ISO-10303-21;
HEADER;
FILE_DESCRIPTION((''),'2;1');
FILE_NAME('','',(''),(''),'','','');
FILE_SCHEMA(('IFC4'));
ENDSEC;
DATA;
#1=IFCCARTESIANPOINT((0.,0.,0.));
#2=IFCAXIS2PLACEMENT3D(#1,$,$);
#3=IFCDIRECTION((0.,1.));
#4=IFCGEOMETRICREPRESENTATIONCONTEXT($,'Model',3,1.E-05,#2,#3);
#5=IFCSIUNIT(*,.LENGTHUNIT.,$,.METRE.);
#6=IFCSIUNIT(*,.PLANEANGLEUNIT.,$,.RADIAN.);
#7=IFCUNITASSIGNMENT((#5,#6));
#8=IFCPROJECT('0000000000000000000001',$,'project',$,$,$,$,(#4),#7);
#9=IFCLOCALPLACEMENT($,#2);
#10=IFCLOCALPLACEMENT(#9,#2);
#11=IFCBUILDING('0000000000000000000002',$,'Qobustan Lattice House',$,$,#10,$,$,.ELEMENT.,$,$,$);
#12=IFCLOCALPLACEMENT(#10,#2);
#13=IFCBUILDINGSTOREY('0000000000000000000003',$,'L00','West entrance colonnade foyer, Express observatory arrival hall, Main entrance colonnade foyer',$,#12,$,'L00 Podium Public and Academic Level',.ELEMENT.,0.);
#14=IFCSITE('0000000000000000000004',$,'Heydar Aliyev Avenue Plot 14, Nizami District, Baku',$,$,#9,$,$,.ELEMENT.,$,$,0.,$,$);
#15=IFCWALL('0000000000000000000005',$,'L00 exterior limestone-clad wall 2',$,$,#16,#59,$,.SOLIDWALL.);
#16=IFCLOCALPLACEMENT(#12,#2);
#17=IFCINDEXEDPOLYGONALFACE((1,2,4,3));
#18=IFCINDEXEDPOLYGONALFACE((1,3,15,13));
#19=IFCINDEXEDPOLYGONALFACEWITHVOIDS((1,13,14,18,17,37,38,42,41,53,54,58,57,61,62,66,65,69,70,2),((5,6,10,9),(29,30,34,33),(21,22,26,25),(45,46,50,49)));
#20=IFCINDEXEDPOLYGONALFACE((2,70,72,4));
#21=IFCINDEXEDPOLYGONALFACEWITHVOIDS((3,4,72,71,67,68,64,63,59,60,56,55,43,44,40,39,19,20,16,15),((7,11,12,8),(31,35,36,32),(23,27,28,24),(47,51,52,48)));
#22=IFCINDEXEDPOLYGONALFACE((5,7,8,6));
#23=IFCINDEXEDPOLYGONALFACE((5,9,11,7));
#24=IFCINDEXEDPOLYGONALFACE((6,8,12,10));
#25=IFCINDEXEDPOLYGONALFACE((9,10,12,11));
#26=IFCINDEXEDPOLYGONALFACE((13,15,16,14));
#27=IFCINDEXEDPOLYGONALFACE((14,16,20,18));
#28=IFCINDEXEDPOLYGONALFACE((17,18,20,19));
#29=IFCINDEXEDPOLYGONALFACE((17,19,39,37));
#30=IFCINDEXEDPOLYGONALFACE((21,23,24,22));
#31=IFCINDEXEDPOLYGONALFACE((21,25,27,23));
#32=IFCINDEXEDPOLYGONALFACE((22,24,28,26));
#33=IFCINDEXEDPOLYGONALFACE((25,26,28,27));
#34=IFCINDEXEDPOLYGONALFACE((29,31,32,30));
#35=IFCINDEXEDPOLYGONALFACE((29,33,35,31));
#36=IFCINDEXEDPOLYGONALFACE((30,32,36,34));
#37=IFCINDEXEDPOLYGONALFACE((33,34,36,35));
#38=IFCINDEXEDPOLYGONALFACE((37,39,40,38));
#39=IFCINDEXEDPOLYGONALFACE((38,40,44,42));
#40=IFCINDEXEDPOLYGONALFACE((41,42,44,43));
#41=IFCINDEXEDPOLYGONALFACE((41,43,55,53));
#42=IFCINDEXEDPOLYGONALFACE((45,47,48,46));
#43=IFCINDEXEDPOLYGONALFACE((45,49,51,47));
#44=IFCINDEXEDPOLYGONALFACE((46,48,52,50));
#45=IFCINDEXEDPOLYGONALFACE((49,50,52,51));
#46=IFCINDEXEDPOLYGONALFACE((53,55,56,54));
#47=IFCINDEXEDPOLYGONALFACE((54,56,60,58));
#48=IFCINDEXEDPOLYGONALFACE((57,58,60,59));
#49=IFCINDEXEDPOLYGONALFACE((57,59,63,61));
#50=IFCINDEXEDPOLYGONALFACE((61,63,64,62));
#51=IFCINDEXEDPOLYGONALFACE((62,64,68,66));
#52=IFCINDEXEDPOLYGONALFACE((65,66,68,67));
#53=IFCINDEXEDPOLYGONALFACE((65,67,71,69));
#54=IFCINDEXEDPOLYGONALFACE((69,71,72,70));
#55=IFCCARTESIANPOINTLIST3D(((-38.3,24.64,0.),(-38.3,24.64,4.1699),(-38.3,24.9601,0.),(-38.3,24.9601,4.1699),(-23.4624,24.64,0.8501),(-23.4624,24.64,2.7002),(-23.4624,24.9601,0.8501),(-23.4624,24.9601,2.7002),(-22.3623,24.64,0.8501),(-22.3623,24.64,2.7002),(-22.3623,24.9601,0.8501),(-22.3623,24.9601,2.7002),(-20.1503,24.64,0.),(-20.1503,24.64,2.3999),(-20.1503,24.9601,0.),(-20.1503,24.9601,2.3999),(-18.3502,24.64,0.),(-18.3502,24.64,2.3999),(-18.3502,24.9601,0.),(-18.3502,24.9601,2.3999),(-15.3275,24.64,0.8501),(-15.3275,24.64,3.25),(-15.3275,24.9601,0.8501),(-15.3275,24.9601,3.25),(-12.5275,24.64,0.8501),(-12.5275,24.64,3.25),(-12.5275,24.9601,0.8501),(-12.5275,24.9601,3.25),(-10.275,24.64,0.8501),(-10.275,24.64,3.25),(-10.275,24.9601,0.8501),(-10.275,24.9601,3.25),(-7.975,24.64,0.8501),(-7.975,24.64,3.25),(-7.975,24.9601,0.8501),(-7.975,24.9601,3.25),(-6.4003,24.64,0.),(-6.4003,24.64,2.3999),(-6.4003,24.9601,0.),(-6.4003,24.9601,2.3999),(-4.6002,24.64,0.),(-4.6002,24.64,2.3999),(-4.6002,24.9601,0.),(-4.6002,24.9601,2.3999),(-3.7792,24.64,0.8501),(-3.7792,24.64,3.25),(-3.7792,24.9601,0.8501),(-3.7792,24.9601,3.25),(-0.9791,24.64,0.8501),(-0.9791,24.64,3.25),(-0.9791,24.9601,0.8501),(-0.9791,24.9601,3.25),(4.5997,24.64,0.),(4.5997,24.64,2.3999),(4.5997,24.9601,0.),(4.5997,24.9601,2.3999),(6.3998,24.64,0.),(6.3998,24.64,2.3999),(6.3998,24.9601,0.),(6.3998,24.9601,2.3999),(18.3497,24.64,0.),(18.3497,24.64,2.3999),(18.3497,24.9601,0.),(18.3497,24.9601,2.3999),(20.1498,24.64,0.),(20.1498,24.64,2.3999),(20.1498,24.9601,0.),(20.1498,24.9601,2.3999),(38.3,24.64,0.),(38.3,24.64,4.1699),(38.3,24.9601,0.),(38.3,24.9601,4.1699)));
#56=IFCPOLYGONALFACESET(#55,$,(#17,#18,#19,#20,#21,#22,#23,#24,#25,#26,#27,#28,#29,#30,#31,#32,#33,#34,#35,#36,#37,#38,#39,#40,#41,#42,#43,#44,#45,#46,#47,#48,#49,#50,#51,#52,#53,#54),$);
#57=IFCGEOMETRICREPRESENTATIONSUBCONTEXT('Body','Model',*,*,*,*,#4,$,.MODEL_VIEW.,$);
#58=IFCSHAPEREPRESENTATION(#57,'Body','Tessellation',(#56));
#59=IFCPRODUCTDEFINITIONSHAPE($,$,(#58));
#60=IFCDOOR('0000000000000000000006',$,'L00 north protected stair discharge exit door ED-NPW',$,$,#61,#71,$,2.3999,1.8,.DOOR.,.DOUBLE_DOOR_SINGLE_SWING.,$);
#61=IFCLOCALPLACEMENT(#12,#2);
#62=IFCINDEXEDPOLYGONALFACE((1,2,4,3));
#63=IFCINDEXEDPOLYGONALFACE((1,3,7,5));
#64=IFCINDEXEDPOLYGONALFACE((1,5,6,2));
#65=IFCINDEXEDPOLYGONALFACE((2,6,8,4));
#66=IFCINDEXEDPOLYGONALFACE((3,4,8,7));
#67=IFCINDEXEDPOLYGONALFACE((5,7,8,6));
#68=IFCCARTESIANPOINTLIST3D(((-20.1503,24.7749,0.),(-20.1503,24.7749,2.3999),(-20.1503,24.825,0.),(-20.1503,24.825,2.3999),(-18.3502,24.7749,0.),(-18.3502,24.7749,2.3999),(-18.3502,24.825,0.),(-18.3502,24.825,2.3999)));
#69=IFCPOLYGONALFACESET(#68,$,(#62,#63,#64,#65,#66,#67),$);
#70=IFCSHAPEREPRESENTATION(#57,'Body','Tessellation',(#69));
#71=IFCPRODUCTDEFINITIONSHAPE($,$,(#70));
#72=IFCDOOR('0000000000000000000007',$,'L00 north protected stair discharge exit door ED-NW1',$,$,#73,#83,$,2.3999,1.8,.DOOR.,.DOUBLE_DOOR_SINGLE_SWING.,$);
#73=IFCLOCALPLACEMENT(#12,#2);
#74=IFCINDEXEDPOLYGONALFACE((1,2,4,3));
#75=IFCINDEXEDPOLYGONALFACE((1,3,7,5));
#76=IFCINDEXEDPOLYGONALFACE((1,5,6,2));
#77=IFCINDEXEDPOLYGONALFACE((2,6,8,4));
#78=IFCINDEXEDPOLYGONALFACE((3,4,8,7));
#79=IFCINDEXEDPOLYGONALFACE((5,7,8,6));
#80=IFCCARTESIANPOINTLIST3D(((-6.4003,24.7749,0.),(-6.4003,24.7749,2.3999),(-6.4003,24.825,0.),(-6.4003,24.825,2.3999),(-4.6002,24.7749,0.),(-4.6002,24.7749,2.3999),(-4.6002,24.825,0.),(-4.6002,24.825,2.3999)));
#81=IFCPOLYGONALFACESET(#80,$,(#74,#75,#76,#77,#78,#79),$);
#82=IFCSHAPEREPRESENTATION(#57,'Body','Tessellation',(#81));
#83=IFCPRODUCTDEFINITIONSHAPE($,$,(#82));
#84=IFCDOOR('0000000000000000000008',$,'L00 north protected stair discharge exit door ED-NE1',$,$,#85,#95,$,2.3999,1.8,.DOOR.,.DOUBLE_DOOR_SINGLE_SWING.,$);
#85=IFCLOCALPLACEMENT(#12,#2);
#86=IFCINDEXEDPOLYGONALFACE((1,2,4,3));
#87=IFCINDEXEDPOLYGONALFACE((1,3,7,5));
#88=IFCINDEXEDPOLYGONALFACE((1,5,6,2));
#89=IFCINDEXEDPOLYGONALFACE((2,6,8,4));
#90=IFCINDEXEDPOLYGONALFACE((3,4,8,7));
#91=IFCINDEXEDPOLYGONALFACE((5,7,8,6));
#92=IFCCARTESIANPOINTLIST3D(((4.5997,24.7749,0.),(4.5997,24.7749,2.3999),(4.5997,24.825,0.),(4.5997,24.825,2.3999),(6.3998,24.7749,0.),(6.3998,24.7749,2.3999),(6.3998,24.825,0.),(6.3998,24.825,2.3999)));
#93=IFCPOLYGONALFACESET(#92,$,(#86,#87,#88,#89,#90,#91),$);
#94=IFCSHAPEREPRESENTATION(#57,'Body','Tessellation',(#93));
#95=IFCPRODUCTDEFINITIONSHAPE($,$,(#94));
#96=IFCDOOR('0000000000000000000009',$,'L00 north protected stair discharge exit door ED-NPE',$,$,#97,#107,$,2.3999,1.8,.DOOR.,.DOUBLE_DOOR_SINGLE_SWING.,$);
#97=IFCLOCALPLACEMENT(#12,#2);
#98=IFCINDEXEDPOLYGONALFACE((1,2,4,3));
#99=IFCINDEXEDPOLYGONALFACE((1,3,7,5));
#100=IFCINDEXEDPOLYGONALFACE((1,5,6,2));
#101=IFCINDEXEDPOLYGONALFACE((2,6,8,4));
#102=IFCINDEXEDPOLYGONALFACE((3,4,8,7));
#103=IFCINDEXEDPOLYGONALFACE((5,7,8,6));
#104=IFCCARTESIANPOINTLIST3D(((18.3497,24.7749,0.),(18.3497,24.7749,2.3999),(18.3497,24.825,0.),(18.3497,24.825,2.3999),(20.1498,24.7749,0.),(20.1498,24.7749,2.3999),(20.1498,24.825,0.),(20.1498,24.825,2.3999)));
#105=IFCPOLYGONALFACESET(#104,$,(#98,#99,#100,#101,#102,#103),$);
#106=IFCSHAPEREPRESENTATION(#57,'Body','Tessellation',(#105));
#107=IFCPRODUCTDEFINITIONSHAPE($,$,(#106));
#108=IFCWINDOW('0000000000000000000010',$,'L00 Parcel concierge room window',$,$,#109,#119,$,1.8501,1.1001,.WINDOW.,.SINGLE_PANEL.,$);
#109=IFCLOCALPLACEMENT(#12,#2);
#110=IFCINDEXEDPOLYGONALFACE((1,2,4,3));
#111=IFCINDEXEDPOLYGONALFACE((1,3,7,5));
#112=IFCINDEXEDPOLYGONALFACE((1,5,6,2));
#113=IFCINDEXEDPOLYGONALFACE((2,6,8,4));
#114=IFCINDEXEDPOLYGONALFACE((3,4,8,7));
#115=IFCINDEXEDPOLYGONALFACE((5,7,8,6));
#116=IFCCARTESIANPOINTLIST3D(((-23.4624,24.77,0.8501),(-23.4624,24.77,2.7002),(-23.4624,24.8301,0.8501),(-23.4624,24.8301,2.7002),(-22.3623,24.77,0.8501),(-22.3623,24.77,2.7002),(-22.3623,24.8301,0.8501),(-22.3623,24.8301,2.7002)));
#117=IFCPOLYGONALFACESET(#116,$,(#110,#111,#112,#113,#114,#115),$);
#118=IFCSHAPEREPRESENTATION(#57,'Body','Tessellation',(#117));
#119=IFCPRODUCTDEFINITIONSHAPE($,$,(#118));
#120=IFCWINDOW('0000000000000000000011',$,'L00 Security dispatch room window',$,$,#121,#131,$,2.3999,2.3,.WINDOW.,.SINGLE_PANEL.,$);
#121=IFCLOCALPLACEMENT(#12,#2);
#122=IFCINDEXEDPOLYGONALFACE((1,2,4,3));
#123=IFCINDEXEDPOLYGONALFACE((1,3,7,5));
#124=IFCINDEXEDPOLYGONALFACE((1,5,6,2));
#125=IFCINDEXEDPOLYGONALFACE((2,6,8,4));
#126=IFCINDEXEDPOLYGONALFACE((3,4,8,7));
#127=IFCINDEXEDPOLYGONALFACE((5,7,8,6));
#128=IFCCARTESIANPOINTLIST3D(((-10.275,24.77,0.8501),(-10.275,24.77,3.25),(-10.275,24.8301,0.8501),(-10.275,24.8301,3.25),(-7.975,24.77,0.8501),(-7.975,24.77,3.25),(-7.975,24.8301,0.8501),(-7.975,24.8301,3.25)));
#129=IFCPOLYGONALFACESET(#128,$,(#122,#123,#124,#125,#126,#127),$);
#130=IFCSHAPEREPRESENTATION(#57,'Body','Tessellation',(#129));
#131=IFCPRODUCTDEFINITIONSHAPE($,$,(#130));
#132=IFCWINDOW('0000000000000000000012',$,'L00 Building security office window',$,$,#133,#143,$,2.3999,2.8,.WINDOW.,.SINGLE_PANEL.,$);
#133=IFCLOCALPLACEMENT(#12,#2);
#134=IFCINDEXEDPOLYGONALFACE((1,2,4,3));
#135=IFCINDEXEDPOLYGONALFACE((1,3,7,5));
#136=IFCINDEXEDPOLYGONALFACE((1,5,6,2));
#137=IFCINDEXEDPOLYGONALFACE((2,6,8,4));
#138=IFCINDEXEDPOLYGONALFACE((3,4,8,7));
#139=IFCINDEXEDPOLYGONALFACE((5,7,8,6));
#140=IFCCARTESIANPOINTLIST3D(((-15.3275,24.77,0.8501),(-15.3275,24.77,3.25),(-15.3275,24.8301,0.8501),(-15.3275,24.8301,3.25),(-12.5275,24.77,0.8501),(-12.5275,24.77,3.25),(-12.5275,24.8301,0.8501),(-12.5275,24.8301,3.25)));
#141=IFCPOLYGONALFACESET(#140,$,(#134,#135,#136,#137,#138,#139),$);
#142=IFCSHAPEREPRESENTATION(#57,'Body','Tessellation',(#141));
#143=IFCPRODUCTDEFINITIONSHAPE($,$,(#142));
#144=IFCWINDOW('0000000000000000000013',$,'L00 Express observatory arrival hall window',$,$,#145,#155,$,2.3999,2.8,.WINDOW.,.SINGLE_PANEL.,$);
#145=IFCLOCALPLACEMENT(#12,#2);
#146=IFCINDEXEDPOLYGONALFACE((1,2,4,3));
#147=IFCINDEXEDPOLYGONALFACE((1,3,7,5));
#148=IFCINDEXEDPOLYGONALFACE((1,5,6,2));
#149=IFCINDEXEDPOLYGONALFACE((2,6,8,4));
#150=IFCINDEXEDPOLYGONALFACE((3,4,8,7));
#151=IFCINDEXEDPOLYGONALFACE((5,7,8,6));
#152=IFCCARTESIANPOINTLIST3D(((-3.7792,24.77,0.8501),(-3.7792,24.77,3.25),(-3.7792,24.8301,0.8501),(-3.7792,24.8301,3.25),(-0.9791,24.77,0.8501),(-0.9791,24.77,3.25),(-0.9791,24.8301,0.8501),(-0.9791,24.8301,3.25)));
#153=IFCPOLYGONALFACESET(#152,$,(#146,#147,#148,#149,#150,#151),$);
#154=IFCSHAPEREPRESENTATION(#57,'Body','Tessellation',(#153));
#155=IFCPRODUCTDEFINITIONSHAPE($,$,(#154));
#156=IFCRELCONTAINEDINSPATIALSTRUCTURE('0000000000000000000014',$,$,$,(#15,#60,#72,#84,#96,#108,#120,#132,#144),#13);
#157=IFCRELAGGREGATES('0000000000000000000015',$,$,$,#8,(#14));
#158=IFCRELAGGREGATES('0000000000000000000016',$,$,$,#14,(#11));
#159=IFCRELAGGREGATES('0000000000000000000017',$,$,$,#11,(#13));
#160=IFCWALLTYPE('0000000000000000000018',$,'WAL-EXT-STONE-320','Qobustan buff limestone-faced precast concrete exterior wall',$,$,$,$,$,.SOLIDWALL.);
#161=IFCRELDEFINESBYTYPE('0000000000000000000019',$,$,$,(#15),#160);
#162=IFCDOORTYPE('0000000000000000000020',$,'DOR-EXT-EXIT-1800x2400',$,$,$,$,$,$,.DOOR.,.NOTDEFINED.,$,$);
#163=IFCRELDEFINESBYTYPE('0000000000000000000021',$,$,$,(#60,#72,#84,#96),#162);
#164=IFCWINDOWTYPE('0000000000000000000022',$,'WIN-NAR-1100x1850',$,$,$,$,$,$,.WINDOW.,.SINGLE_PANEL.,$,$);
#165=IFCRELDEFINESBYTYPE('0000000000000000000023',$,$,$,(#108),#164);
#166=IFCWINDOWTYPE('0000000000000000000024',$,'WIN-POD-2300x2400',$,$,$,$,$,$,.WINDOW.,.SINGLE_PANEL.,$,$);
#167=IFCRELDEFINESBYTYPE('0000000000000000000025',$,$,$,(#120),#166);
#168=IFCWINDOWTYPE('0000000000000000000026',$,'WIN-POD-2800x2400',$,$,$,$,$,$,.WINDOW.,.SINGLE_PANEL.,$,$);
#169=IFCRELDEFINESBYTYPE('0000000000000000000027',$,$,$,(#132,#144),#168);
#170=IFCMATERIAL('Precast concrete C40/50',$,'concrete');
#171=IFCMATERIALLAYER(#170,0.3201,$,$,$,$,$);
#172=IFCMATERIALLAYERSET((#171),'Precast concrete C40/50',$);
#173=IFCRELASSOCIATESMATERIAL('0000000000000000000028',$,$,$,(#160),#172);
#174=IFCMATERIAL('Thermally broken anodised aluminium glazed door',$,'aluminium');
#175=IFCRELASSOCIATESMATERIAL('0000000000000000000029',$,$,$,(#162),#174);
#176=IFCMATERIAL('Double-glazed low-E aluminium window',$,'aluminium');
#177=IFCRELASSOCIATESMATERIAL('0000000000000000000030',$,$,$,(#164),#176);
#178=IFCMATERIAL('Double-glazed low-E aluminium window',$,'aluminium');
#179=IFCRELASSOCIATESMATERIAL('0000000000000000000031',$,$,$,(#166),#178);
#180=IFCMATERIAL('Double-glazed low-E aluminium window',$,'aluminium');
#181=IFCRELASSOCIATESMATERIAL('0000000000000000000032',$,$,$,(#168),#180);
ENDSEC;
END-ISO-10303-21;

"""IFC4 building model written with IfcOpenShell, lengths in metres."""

from ifc_helpers import new_model, si_unit, direction, frame, frame_2d, origin, place, context, subcontext, project, spatial, rectangle, extrude, material, layer, layer_set, type_object, element, fill, save


model = new_model("IFC4")

# Units and contexts
model_context = context("Model", 3, precision=1e-05, world=origin(), true_north=direction((0.0, 1.0)))
body_context = subcontext(model_context, "Body", "Model", "MODEL_VIEW")
ifc_project = project(units=[si_unit("LENGTHUNIT", "METRE"), si_unit("PLANEANGLEUNIT", "RADIAN")], contexts=[model_context])

# Site, building, storey
site_placement = place(None, origin())
site = spatial("IfcSite", under=ifc_project, at=site_placement, Name="Heydar Aliyev Avenue Plot 14, Nizami District, Baku", CompositionType="ELEMENT", RefElevation=0.0)
building_placement = place(site_placement, origin())
building = spatial("IfcBuilding", under=site, at=building_placement, Name="Qobustan Lattice House", CompositionType="ELEMENT")
storey_placement = place(building_placement, origin())
storey = spatial("IfcBuildingStorey", under=building, at=storey_placement, Name="L00", Description="West entrance colonnade foyer, Express observatory arrival hall, Main entrance colonnade foyer", LongName="L00 Podium Public and Academic Level", CompositionType="ELEMENT", Elevation=0.0)

# Wall, openings, doors, windows
ifc_material_1 = material(Name="Precast concrete C40/50", Category="concrete")
ifc_layer = layer(ifc_material_1, 0.3201)
ifc_layer_set = layer_set([ifc_layer], Name="Precast concrete C40/50")
wall_type = type_object("IfcWallType", Name="WAL-EXT-STONE-320", Description="Qobustan buff limestone-faced precast concrete exterior wall", PredefinedType="SOLIDWALL", material=ifc_layer_set)
wall_placement = place(storey_placement, frame((-38.3, 24.8, 0.0), z_axis=(0.0, 0.0, 1.0), x_axis=(1.0, 0.0, 0.0)))
wall = element("IfcWall", 1, at=wall_placement, inside=storey, type_object=wall_type, Name="L00 exterior limestone-clad wall 2", PredefinedType="SOLIDWALL", context=body_context, shape_type="SweptSolid", body=[
    extrude(rectangle(XDim=76.6001, YDim=0.3201, at=frame_2d((38.3, 0.0))), origin(), (0.0, 0.0, 1.0), 4.1699),
])
opening_1_placement = place(wall_placement, frame((18.1499, 0.0, 0.0)))
opening_1 = element("IfcOpeningElement", 2, at=opening_1_placement, cuts=wall, PredefinedType="OPENING", context=body_context, shape_type="SweptSolid", body=[
    extrude(rectangle(XDim=1.8, YDim=2.3999, at=frame_2d((0.8999, 1.2))), frame((0.0, 0.1699, 0.0), z_axis=(0.0, -1.0, 0.0), x_axis=(1.0, 0.0, 0.0)), (0.0, 0.0, 1.0), 0.3401),
])
opening_2_placement = place(wall_placement, frame((31.8999, 0.0, 0.0)))
opening_2 = element("IfcOpeningElement", 3, at=opening_2_placement, cuts=wall, PredefinedType="OPENING", context=body_context, shape_type="SweptSolid", body=[
    extrude(rectangle(XDim=1.8, YDim=2.3999, at=frame_2d((0.8999, 1.2))), frame((0.0, 0.1699, 0.0), z_axis=(0.0, -1.0, 0.0), x_axis=(1.0, 0.0, 0.0)), (0.0, 0.0, 1.0), 0.3401),
])
opening_3_placement = place(wall_placement, frame((42.8999, 0.0, 0.0)))
opening_3 = element("IfcOpeningElement", 4, at=opening_3_placement, cuts=wall, PredefinedType="OPENING", context=body_context, shape_type="SweptSolid", body=[
    extrude(rectangle(XDim=1.8, YDim=2.3999, at=frame_2d((0.8999, 1.2))), frame((0.0, 0.1699, 0.0), z_axis=(0.0, -1.0, 0.0), x_axis=(1.0, 0.0, 0.0)), (0.0, 0.0, 1.0), 0.3401),
])
opening_4_placement = place(wall_placement, frame((56.6499, 0.0, 0.0)))
opening_4 = element("IfcOpeningElement", 5, at=opening_4_placement, cuts=wall, PredefinedType="OPENING", context=body_context, shape_type="SweptSolid", body=[
    extrude(rectangle(XDim=1.8, YDim=2.3999, at=frame_2d((0.8999, 1.2))), frame((0.0, 0.1699, 0.0), z_axis=(0.0, -1.0, 0.0), x_axis=(1.0, 0.0, 0.0)), (0.0, 0.0, 1.0), 0.3401),
])
opening_5_placement = place(wall_placement, frame((14.8376, 0.0, 0.8501)))
opening_5 = element("IfcOpeningElement", 6, at=opening_5_placement, cuts=wall, PredefinedType="OPENING", context=body_context, shape_type="SweptSolid", body=[
    extrude(rectangle(XDim=1.1001, YDim=1.8501, at=frame_2d((0.55, 0.925))), frame((0.0, 0.1699, 0.0), z_axis=(0.0, -1.0, 0.0), x_axis=(1.0, 0.0, 0.0)), (0.0, 0.0, 1.0), 0.3401),
])
opening_6_placement = place(wall_placement, frame((22.9727, 0.0, 0.8501)))
opening_6 = element("IfcOpeningElement", 7, at=opening_6_placement, cuts=wall, PredefinedType="OPENING", context=body_context, shape_type="SweptSolid", body=[
    extrude(rectangle(XDim=2.8, YDim=2.3999, at=frame_2d((1.3999, 1.2))), frame((0.0, 0.1699, 0.0), z_axis=(0.0, -1.0, 0.0), x_axis=(1.0, 0.0, 0.0)), (0.0, 0.0, 1.0), 0.3401),
])
opening_7_placement = place(wall_placement, frame((28.0251, 0.0, 0.8501)))
opening_7 = element("IfcOpeningElement", 8, at=opening_7_placement, cuts=wall, PredefinedType="OPENING", context=body_context, shape_type="SweptSolid", body=[
    extrude(rectangle(XDim=2.3, YDim=2.3999, at=frame_2d((1.1499, 1.2))), frame((0.0, 0.1699, 0.0), z_axis=(0.0, -1.0, 0.0), x_axis=(1.0, 0.0, 0.0)), (0.0, 0.0, 1.0), 0.3401),
])
opening_8_placement = place(wall_placement, frame((34.521, 0.0, 0.8501)))
opening_8 = element("IfcOpeningElement", 9, at=opening_8_placement, cuts=wall, PredefinedType="OPENING", context=body_context, shape_type="SweptSolid", body=[
    extrude(rectangle(XDim=2.8, YDim=2.3999, at=frame_2d((1.3999, 1.2))), frame((0.0, 0.1699, 0.0), z_axis=(0.0, -1.0, 0.0), x_axis=(1.0, 0.0, 0.0)), (0.0, 0.0, 1.0), 0.3401),
])
ifc_material_2 = material(Name="Thermally broken anodised aluminium glazed door", Category="aluminium")
door_type = type_object("IfcDoorType", Name="DOR-EXT-EXIT-1800x2400", OperationType="NOTDEFINED", PredefinedType="DOOR", material=ifc_material_2)
door_1_placement = place(opening_1_placement, origin())
door_1 = element("IfcDoor", 10, at=door_1_placement, inside=storey, type_object=door_type, Name="L00 north protected stair discharge exit door ED-NPW", OperationType="DOUBLE_DOOR_SINGLE_SWING", OverallHeight=2.3999, OverallWidth=1.8, PredefinedType="DOOR", context=body_context, shape_type="SweptSolid", body=[
    extrude(rectangle(XDim=1.8, YDim=2.3999, at=frame_2d((0.8999, 1.2))), frame((0.0, 0.0249, 0.0), z_axis=(0.0, -1.0, 0.0), x_axis=(1.0, 0.0, 0.0)), (0.0, 0.0, 1.0), 0.05),
])
fill(opening_1, door_1)
door_2_placement = place(opening_2_placement, origin())
door_2 = element("IfcDoor", 11, at=door_2_placement, inside=storey, type_object=door_type, Name="L00 north protected stair discharge exit door ED-NW1", OperationType="DOUBLE_DOOR_SINGLE_SWING", OverallHeight=2.3999, OverallWidth=1.8, PredefinedType="DOOR", context=body_context, shape_type="SweptSolid", body=[
    extrude(rectangle(XDim=1.8, YDim=2.3999, at=frame_2d((0.8999, 1.2))), frame((0.0, 0.0249, 0.0), z_axis=(0.0, -1.0, 0.0), x_axis=(1.0, 0.0, 0.0)), (0.0, 0.0, 1.0), 0.05),
])
fill(opening_2, door_2)
door_3_placement = place(opening_3_placement, origin())
door_3 = element("IfcDoor", 12, at=door_3_placement, inside=storey, type_object=door_type, Name="L00 north protected stair discharge exit door ED-NE1", OperationType="DOUBLE_DOOR_SINGLE_SWING", OverallHeight=2.3999, OverallWidth=1.8, PredefinedType="DOOR", context=body_context, shape_type="SweptSolid", body=[
    extrude(rectangle(XDim=1.8, YDim=2.3999, at=frame_2d((0.8999, 1.2))), frame((0.0, 0.0249, 0.0), z_axis=(0.0, -1.0, 0.0), x_axis=(1.0, 0.0, 0.0)), (0.0, 0.0, 1.0), 0.05),
])
fill(opening_3, door_3)
door_4_placement = place(opening_4_placement, origin())
door_4 = element("IfcDoor", 13, at=door_4_placement, inside=storey, type_object=door_type, Name="L00 north protected stair discharge exit door ED-NPE", OperationType="DOUBLE_DOOR_SINGLE_SWING", OverallHeight=2.3999, OverallWidth=1.8, PredefinedType="DOOR", context=body_context, shape_type="SweptSolid", body=[
    extrude(rectangle(XDim=1.8, YDim=2.3999, at=frame_2d((0.8999, 1.2))), frame((0.0, 0.0249, 0.0), z_axis=(0.0, -1.0, 0.0), x_axis=(1.0, 0.0, 0.0)), (0.0, 0.0, 1.0), 0.05),
])
fill(opening_4, door_4)
ifc_material_3 = material(Name="Double-glazed low-E aluminium window", Category="aluminium")
window_type_1 = type_object("IfcWindowType", Name="WIN-NAR-1100x1850", PartitioningType="SINGLE_PANEL", PredefinedType="WINDOW", material=ifc_material_3)
window_1_placement = place(opening_5_placement, origin())
window_1 = element("IfcWindow", 14, at=window_1_placement, inside=storey, type_object=window_type_1, Name="L00 Parcel concierge room window", OverallHeight=1.8501, OverallWidth=1.1001, PartitioningType="SINGLE_PANEL", PredefinedType="WINDOW", context=body_context, shape_type="SweptSolid", body=[
    extrude(rectangle(XDim=1.1001, YDim=1.8501, at=frame_2d((0.55, 0.925))), frame((0.0, 0.03, 0.0), z_axis=(0.0, -1.0, 0.0), x_axis=(1.0, 0.0, 0.0)), (0.0, 0.0, 1.0), 0.0601),
])
fill(opening_5, window_1)
ifc_material_4 = material(Name="Double-glazed low-E aluminium window", Category="aluminium")
window_type_2 = type_object("IfcWindowType", Name="WIN-POD-2300x2400", PartitioningType="SINGLE_PANEL", PredefinedType="WINDOW", material=ifc_material_4)
window_2_placement = place(opening_7_placement, origin())
window_2 = element("IfcWindow", 15, at=window_2_placement, inside=storey, type_object=window_type_2, Name="L00 Security dispatch room window", OverallHeight=2.3999, OverallWidth=2.3, PartitioningType="SINGLE_PANEL", PredefinedType="WINDOW", context=body_context, shape_type="SweptSolid", body=[
    extrude(rectangle(XDim=2.3, YDim=2.3999, at=frame_2d((1.1499, 1.2))), frame((0.0, 0.03, 0.0), z_axis=(0.0, -1.0, 0.0), x_axis=(1.0, 0.0, 0.0)), (0.0, 0.0, 1.0), 0.0601),
])
fill(opening_7, window_2)
ifc_material_5 = material(Name="Double-glazed low-E aluminium window", Category="aluminium")
window_type_3 = type_object("IfcWindowType", Name="WIN-POD-2800x2400", PartitioningType="SINGLE_PANEL", PredefinedType="WINDOW", material=ifc_material_5)
window_3_placement = place(opening_6_placement, origin())
window_3 = element("IfcWindow", 16, at=window_3_placement, inside=storey, type_object=window_type_3, Name="L00 Building security office window", OverallHeight=2.3999, OverallWidth=2.8, PartitioningType="SINGLE_PANEL", PredefinedType="WINDOW", context=body_context, shape_type="SweptSolid", body=[
    extrude(rectangle(XDim=2.8, YDim=2.3999, at=frame_2d((1.3999, 1.2))), frame((0.0, 0.03, 0.0), z_axis=(0.0, -1.0, 0.0), x_axis=(1.0, 0.0, 0.0)), (0.0, 0.0, 1.0), 0.0601),
])
fill(opening_6, window_3)
window_4_placement = place(opening_8_placement, origin())
window_4 = element("IfcWindow", 17, at=window_4_placement, inside=storey, type_object=window_type_3, Name="L00 Express observatory arrival hall window", OverallHeight=2.3999, OverallWidth=2.8, PartitioningType="SINGLE_PANEL", PredefinedType="WINDOW", context=body_context, shape_type="SweptSolid", body=[
    extrude(rectangle(XDim=2.8, YDim=2.3999, at=frame_2d((1.3999, 1.2))), frame((0.0, 0.03, 0.0), z_axis=(0.0, -1.0, 0.0), x_axis=(1.0, 0.0, 0.0)), (0.0, 0.0, 1.0), 0.0601),
])
fill(opening_8, window_4)

save(model, "model.ifc")
